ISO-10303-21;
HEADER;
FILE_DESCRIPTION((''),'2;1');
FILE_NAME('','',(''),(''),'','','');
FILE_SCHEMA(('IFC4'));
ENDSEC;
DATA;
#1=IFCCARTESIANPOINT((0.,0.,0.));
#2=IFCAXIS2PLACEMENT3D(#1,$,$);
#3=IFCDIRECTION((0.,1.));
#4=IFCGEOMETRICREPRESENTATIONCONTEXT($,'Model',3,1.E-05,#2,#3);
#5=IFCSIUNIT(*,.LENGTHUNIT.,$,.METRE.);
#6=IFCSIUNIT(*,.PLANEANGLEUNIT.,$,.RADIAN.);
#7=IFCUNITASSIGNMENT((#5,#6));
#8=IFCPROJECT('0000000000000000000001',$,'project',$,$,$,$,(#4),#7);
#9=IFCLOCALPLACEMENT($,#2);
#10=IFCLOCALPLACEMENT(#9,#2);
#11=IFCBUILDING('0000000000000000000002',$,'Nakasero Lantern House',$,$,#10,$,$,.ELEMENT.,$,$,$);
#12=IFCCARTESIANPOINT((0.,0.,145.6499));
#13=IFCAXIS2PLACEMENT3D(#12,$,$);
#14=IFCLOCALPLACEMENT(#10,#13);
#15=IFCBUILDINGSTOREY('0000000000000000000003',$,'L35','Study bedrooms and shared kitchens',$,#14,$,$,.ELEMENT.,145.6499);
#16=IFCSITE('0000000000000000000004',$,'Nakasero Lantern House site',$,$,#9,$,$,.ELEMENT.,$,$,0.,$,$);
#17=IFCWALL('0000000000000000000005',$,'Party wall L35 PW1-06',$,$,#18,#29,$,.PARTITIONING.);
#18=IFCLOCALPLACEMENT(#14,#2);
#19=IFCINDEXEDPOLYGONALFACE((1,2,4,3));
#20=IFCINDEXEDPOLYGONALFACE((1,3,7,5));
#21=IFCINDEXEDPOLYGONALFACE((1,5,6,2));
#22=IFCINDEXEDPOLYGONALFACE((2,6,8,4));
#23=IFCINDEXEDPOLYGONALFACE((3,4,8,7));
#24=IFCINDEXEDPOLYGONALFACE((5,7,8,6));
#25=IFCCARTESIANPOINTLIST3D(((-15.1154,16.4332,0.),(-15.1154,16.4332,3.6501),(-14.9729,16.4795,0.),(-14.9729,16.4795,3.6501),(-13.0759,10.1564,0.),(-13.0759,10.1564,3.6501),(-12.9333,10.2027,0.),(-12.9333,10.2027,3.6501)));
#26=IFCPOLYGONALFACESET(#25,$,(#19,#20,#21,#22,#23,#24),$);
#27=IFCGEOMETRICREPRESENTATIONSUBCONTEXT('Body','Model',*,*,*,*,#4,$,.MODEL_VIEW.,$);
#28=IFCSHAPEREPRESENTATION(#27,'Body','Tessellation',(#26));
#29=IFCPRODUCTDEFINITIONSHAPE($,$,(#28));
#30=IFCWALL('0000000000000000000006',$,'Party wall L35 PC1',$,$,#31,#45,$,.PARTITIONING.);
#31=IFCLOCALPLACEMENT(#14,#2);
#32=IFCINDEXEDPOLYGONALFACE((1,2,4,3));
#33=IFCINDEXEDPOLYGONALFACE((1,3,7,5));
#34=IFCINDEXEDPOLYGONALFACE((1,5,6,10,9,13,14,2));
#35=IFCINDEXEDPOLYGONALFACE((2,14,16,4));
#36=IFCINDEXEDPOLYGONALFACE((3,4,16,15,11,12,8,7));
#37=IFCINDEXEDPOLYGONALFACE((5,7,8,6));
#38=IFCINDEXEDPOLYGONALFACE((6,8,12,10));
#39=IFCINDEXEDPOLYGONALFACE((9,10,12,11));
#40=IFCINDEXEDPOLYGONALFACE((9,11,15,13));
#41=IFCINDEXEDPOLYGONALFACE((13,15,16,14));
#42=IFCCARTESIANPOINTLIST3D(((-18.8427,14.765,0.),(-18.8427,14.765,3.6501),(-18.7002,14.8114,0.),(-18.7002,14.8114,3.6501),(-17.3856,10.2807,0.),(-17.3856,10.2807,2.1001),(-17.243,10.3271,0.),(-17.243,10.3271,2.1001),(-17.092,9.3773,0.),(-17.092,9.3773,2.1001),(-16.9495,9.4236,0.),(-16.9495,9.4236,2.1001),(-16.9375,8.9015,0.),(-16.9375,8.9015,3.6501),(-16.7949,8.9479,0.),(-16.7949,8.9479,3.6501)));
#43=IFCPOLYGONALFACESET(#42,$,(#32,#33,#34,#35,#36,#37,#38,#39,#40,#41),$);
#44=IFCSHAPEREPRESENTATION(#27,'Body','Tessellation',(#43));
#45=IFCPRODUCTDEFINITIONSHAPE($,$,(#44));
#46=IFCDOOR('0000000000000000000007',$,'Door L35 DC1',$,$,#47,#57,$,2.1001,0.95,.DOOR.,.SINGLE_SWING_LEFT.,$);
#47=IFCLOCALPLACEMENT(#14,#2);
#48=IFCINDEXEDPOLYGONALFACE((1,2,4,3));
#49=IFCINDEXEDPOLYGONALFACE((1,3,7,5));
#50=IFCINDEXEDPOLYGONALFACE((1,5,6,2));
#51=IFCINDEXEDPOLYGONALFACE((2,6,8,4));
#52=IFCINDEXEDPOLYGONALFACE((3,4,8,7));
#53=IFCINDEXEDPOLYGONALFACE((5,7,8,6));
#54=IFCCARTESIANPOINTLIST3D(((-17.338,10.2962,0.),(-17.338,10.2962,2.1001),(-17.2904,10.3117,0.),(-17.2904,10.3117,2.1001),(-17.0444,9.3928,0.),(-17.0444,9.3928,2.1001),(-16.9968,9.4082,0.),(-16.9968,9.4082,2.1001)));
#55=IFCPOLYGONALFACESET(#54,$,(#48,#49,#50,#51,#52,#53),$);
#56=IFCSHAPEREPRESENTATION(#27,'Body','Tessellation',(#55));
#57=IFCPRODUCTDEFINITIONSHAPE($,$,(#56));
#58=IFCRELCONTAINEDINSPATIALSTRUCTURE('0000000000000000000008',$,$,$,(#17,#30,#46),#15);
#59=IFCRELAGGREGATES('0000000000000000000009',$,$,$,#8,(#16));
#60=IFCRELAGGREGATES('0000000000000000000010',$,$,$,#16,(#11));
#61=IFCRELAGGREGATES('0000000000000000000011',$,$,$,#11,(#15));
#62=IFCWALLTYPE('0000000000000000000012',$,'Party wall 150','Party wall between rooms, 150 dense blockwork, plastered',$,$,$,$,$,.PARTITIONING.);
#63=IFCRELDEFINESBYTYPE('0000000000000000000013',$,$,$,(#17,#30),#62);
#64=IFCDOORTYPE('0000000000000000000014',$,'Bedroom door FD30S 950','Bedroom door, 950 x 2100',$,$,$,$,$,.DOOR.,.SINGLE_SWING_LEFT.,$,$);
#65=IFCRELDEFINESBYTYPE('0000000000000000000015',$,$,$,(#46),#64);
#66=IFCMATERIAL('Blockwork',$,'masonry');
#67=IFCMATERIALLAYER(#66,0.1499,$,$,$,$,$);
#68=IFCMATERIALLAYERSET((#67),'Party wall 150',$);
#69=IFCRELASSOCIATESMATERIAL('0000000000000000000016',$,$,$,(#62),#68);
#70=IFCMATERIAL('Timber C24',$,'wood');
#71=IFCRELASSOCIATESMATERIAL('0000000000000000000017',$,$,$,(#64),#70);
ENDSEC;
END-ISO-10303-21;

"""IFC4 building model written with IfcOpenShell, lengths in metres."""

from ifc_helpers import new_model, si_unit, direction, frame, frame_2d, origin, place, context, subcontext, project, spatial, rectangle, extrude, material, layer, layer_set, type_object, element, fill, save


model = new_model("IFC4")

# Units and contexts
model_context = context("Model", 3, precision=1e-05, world=origin(), true_north=direction((0.0, 1.0)))
body_context = subcontext(model_context, "Body", "Model", "MODEL_VIEW")
ifc_project = project(units=[si_unit("LENGTHUNIT", "METRE"), si_unit("PLANEANGLEUNIT", "RADIAN")], contexts=[model_context])

# Site, building, storey
site_placement = place(None, origin())
site = spatial("IfcSite", under=ifc_project, at=site_placement, Name="Nakasero Lantern House site", CompositionType="ELEMENT", RefElevation=0.0)
building_placement = place(site_placement, origin())
building = spatial("IfcBuilding", under=site, at=building_placement, Name="Nakasero Lantern House", CompositionType="ELEMENT")
storey_placement = place(building_placement, frame((0.0, 0.0, 145.6499)))
storey = spatial("IfcBuildingStorey", under=building, at=storey_placement, Name="L35", Description="Study bedrooms and shared kitchens", CompositionType="ELEMENT", Elevation=145.6499)

# Wall
ifc_material_1 = material(Name="Blockwork", Category="masonry")
ifc_layer_1 = layer(ifc_material_1, 0.1499)
ifc_layer_set_1 = layer_set([ifc_layer_1], Name="Party wall 150")
wall_type_1 = type_object("IfcWallType", Name="Party wall 150", Description="Party wall between rooms, 150 dense blockwork, plastered", PredefinedType="PARTITIONING", material=ifc_layer_set_1)
wall_1_placement = place(storey_placement, frame((-13.0046, 10.1797, 0.0), z_axis=(0.0, 0.0, 1.0), x_axis=(-0.309028, 0.951053, 0.0)))
element("IfcWall", 1, at=wall_1_placement, inside=storey, type_object=wall_type_1, Name="Party wall L35 PW1-06", PredefinedType="PARTITIONING", context=body_context, shape_type="SweptSolid", body=[
    extrude(rectangle(XDim=6.5999, YDim=0.1499, at=frame_2d((3.2998, 0.0))), origin(), (0.0, 0.0, 1.0), 3.6501),
])

# Wall, opening, door
wall_2_placement = place(storey_placement, frame((-16.8662, 8.9248, 0.0), z_axis=(0.0, 0.0, 1.0), x_axis=(-0.309031, 0.951052, 0.0)))
wall_2 = element("IfcWall", 2, at=wall_2_placement, inside=storey, type_object=wall_type_1, Name="Party wall L35 PC1", PredefinedType="PARTITIONING", context=body_context, shape_type="SweptSolid", body=[
    extrude(rectangle(XDim=6.1653, YDim=0.1499, at=frame_2d((3.0825, 0.0))), origin(), (0.0, 0.0, 1.0), 3.6501),
])
opening_1_placement = place(wall_2_placement, frame((0.5, 0.0, 0.0)))
opening_1 = element("IfcOpeningElement", 3, at=opening_1_placement, cuts=wall_2, PredefinedType="OPENING", context=body_context, shape_type="SweptSolid", body=[
    extrude(rectangle(XDim=0.95, YDim=2.1001, at=frame_2d((0.4751, 1.05))), frame((0.0, 0.095, 0.0), z_axis=(0.0, -1.0, 0.0), x_axis=(1.0, 0.0, 0.0)), (0.0, 0.0, 1.0), 0.1899),
])
ifc_material_2 = material(Name="Timber C24", Category="wood")
door_type_1 = type_object("IfcDoorType", Name="Bedroom door FD30S 950", Description="Bedroom door, 950 x 2100", OperationType="SINGLE_SWING_LEFT", PredefinedType="DOOR", material=ifc_material_2)
door_1_placement = place(opening_1_placement, origin())
door_1 = element("IfcDoor", 4, at=door_1_placement, inside=storey, type_object=door_type_1, Name="Door L35 DC1", OperationType="SINGLE_SWING_LEFT", OverallHeight=2.1001, OverallWidth=0.95, PredefinedType="DOOR", context=body_context, shape_type="SweptSolid", body=[
    extrude(rectangle(XDim=0.95, YDim=2.1001, at=frame_2d((0.4751, 1.05))), frame((0.0, 0.0249, 0.0), z_axis=(0.0, -1.0, 0.0), x_axis=(1.0, 0.0, 0.0)), (0.0, 0.0, 1.0), 0.05),
])
fill(opening_1, door_1)

save(model, "model.ifc")
